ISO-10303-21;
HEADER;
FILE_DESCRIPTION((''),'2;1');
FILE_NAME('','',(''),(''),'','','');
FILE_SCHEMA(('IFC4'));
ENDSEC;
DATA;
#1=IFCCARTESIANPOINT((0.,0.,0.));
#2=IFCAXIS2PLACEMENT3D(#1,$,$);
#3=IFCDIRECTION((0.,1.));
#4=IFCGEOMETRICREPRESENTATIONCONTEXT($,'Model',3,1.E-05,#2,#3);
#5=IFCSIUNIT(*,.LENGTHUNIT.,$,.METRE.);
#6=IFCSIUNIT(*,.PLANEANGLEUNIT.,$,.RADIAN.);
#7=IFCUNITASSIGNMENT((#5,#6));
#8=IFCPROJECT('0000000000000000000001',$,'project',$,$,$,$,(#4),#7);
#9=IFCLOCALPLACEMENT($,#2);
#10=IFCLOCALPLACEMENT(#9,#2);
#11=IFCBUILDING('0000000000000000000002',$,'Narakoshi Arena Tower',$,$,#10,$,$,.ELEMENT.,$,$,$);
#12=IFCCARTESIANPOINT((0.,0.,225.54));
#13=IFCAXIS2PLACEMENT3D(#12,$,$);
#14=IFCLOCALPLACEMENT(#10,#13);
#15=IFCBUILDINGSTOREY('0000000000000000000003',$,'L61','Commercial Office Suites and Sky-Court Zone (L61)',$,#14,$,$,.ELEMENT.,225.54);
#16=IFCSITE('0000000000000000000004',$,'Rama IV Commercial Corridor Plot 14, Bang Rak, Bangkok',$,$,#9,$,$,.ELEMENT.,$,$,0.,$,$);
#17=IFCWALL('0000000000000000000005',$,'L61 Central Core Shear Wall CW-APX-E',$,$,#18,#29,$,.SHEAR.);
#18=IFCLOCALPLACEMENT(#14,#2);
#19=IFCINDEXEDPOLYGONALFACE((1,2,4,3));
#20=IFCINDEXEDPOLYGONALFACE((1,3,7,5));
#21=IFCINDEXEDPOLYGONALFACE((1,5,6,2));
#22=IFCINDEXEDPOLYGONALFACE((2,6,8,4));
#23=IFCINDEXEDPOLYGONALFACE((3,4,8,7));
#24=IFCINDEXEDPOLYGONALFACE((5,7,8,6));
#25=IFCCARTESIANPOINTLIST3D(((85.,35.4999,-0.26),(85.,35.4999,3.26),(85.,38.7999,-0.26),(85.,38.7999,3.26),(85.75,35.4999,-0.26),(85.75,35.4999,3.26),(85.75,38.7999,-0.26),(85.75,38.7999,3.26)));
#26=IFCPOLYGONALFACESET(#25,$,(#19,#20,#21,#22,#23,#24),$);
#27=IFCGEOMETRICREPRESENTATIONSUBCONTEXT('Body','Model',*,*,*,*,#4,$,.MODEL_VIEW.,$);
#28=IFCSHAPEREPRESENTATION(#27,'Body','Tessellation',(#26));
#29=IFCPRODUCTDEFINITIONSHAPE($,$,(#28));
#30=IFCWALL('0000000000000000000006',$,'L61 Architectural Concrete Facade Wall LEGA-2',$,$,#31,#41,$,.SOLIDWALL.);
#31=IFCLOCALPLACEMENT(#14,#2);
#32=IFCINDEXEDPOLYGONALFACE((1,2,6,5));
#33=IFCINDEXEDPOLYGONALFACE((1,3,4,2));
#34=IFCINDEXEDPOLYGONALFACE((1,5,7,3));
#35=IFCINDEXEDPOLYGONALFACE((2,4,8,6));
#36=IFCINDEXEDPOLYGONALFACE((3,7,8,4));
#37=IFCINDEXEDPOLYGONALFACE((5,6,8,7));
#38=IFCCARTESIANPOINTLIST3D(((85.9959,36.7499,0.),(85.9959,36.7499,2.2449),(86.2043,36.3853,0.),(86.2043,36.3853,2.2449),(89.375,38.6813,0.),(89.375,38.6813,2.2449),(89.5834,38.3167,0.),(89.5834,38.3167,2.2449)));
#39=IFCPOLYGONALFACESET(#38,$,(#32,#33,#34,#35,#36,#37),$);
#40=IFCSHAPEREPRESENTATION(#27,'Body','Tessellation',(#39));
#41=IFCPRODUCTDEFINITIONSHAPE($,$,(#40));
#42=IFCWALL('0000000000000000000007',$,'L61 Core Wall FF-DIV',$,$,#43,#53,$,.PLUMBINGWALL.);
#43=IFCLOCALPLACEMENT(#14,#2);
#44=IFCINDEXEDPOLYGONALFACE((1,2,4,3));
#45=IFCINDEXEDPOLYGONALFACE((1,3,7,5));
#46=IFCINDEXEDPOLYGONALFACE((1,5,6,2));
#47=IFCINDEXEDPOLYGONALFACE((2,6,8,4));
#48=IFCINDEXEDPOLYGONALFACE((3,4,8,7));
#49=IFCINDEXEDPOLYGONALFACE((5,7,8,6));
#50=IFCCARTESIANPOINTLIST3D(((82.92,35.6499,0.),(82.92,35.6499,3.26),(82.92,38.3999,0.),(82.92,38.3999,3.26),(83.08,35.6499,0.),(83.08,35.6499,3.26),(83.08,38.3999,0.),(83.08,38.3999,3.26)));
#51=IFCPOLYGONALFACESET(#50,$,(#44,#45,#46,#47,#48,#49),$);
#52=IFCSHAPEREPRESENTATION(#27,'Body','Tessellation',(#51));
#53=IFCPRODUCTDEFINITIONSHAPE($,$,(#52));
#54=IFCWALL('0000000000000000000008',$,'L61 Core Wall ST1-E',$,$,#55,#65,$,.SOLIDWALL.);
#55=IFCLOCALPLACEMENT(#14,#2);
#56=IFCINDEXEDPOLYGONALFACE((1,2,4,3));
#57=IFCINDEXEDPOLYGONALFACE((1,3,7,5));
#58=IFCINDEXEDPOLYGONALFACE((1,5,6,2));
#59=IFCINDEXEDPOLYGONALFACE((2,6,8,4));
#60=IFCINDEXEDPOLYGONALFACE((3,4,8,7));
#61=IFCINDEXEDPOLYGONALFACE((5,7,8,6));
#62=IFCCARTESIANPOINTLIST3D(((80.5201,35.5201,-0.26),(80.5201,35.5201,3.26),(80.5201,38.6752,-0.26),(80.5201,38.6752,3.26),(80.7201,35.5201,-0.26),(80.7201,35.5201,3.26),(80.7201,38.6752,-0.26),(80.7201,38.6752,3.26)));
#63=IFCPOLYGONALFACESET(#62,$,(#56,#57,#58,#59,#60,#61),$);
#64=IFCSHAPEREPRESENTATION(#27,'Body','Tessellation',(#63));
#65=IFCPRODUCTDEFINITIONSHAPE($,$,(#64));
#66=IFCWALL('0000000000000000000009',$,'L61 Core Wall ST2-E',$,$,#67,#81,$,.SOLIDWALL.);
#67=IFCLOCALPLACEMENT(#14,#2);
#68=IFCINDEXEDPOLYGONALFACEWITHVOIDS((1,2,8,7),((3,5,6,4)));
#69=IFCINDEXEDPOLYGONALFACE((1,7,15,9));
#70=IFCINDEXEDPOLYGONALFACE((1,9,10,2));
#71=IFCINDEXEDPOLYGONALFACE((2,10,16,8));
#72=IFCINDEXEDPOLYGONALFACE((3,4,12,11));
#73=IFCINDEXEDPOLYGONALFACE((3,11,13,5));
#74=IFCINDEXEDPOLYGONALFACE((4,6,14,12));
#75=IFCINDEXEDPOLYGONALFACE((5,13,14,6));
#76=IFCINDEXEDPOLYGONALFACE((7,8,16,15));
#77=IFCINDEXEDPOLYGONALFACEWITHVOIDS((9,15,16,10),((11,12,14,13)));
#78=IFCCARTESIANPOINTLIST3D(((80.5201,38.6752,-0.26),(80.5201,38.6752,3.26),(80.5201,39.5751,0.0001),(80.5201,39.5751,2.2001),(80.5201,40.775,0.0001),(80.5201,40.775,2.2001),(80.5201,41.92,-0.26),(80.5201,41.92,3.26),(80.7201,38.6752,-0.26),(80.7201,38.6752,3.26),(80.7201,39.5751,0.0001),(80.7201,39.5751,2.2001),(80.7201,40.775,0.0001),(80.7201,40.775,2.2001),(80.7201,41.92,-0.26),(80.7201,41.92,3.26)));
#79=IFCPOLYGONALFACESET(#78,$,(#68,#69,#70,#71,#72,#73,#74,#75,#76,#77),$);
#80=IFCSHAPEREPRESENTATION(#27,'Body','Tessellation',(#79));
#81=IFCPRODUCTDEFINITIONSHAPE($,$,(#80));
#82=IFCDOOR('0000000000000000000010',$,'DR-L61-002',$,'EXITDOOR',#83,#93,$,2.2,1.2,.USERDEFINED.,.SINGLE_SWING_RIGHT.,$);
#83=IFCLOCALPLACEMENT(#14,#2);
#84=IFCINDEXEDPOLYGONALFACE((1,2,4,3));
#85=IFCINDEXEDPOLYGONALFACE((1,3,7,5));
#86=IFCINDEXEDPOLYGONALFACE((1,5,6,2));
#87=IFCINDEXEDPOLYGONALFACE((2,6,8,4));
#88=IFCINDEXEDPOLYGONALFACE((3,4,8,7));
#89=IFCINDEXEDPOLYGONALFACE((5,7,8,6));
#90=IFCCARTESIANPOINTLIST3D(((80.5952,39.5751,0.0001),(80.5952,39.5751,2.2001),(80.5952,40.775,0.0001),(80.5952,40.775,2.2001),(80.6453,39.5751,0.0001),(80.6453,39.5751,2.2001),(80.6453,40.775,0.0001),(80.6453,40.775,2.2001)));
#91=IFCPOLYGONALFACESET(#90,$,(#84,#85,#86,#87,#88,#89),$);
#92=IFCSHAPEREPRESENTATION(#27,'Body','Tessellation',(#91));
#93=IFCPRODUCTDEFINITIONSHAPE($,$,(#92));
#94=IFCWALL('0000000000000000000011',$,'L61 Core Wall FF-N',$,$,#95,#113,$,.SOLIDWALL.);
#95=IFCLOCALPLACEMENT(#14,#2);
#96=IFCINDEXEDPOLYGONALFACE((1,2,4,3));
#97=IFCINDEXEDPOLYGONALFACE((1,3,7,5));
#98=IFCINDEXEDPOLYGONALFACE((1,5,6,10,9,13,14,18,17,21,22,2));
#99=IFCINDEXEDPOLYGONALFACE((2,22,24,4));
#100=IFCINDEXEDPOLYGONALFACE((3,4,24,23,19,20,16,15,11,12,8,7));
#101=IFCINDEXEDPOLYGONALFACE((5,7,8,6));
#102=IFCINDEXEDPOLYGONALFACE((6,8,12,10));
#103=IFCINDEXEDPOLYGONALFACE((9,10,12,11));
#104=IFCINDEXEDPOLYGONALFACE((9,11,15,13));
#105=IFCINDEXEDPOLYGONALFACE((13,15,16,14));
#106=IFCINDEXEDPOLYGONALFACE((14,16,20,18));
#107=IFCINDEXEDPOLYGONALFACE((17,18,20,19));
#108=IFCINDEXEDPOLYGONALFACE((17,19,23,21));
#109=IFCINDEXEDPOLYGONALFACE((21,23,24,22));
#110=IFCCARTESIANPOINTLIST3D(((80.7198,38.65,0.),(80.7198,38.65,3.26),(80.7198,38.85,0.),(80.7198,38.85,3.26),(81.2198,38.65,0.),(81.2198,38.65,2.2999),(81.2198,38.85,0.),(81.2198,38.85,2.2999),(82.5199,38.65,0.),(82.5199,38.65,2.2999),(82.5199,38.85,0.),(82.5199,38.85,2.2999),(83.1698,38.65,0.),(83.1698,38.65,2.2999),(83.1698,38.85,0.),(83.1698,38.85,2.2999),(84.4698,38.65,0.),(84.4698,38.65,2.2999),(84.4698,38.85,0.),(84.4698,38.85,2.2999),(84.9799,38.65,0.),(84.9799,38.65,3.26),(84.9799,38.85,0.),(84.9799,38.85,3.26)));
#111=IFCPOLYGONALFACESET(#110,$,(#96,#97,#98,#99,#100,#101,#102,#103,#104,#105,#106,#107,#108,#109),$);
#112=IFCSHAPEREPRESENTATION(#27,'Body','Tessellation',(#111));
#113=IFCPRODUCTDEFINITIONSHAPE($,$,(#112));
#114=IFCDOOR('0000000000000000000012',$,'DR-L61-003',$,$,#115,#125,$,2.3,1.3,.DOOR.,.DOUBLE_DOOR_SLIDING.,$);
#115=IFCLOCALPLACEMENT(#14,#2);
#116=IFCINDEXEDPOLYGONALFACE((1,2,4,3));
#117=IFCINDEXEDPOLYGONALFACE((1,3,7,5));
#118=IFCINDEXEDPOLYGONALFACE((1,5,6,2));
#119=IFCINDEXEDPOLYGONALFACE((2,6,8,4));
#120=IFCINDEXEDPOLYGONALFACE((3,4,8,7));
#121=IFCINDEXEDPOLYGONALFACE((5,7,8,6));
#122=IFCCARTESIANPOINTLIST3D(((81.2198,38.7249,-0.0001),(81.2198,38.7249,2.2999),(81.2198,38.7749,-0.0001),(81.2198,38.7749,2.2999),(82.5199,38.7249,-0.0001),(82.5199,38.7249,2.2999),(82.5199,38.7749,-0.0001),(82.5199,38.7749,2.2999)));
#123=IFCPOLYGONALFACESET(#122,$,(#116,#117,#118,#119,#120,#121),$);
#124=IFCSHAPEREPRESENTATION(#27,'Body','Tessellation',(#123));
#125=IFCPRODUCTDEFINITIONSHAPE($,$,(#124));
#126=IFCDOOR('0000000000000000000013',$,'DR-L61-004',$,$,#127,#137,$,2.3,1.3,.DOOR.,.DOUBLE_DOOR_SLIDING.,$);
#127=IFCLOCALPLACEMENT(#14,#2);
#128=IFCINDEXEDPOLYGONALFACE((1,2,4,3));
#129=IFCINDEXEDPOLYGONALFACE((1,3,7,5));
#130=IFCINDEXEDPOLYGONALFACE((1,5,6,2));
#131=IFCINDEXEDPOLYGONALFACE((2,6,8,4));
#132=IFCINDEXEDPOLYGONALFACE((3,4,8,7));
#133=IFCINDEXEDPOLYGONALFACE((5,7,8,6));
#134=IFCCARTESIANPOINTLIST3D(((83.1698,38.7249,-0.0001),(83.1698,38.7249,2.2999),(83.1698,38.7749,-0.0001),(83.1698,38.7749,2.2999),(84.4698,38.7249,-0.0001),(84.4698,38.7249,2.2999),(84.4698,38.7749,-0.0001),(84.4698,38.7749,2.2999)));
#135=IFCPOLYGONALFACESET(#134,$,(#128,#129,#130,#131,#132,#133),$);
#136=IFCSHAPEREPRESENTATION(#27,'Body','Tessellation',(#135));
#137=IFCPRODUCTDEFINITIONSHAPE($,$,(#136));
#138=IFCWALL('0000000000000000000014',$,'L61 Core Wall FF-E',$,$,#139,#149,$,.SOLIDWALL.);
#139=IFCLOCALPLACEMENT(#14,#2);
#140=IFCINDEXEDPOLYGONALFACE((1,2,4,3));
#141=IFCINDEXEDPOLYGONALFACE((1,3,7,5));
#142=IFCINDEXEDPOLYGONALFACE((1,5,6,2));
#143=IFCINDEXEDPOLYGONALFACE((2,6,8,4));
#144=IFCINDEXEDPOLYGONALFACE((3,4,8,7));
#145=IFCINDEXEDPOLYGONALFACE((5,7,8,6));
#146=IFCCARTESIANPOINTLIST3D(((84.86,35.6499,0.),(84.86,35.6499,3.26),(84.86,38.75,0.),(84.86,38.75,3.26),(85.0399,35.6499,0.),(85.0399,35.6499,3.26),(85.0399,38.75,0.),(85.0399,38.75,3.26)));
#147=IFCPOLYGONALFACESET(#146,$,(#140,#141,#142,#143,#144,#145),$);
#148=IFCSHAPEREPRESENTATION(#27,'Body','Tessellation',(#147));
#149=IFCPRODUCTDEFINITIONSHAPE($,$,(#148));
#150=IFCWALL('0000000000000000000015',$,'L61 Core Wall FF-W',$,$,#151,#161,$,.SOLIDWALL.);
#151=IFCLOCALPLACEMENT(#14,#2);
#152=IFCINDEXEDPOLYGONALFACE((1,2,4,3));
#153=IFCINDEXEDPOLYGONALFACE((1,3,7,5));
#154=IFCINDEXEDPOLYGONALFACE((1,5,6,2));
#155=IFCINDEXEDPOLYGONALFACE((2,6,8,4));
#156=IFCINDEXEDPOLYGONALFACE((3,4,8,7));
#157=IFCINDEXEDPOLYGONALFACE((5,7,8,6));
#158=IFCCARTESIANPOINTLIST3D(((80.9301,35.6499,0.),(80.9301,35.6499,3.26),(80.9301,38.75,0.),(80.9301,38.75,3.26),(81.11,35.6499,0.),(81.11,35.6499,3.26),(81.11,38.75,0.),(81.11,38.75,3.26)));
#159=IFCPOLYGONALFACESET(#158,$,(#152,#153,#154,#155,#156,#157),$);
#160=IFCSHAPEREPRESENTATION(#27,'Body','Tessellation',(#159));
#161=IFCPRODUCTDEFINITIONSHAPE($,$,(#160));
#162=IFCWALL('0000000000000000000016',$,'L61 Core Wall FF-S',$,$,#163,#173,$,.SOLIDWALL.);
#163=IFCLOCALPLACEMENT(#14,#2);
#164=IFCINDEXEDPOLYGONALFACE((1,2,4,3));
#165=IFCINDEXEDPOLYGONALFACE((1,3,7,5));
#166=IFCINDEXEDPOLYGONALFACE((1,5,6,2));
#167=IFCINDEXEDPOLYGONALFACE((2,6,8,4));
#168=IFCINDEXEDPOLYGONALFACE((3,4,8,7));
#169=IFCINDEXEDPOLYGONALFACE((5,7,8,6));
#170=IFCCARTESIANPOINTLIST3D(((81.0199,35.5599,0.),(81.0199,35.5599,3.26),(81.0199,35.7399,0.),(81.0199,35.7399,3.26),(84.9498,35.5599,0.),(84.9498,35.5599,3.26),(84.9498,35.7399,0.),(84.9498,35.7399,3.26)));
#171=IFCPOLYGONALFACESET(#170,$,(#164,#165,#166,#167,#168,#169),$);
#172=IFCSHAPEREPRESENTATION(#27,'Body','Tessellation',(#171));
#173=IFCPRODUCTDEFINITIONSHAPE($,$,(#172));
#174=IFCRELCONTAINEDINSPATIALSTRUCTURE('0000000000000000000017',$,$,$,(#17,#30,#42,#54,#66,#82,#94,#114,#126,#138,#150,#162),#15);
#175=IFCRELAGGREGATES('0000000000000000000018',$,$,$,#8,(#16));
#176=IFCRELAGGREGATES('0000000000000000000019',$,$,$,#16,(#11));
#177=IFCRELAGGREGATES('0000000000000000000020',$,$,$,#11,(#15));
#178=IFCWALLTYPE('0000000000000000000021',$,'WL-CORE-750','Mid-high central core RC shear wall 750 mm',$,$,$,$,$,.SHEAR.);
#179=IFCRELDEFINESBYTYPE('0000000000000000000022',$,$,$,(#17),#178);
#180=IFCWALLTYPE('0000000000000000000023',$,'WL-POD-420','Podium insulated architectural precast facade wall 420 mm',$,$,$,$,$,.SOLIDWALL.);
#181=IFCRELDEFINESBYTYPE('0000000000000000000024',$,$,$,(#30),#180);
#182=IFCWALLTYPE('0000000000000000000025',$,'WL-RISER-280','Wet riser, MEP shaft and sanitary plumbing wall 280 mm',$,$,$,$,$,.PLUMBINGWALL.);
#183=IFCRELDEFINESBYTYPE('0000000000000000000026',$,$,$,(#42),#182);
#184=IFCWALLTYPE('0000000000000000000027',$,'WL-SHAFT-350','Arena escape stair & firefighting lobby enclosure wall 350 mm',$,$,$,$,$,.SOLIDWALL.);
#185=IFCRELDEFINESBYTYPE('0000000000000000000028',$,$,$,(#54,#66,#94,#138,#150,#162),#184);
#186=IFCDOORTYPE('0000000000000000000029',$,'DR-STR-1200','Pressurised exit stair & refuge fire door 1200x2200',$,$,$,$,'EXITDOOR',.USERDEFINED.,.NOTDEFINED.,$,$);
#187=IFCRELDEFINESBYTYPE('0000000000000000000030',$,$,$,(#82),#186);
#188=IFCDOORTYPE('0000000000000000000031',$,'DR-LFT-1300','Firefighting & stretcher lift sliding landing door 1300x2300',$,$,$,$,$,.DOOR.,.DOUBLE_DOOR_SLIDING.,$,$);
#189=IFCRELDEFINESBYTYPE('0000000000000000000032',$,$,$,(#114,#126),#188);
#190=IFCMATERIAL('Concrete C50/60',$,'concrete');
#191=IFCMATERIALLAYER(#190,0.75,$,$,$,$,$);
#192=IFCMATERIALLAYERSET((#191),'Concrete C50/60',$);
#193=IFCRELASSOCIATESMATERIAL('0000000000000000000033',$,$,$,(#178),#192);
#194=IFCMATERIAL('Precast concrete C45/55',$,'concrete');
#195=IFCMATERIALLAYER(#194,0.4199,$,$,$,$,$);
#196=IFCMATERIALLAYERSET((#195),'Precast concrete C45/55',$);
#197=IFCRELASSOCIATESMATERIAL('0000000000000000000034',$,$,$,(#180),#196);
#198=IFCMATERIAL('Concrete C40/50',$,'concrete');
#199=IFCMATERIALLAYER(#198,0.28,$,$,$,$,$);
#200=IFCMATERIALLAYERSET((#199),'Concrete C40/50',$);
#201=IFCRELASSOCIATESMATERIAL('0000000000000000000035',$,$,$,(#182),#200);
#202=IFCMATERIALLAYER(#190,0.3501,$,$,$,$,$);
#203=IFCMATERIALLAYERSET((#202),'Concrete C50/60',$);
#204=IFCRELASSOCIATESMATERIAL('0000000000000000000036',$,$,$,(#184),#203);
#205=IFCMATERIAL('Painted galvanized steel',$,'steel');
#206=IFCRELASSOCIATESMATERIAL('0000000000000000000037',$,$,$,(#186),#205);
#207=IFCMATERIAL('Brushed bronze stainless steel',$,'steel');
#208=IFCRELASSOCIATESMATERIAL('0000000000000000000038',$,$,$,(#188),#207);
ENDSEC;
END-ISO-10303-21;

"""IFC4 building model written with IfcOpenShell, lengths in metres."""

from ifc_helpers import new_model, si_unit, direction, frame, frame_2d, origin, place, context, subcontext, project, spatial, rectangle, extrude, material, layer, layer_set, type_object, element, fill, save


model = new_model("IFC4")

# Units and contexts
model_context = context("Model", 3, precision=1e-05, world=origin(), true_north=direction((0.0, 1.0)))
body_context = subcontext(model_context, "Body", "Model", "MODEL_VIEW")
ifc_project = project(units=[si_unit("LENGTHUNIT", "METRE"), si_unit("PLANEANGLEUNIT", "RADIAN")], contexts=[model_context])

# Site, building, storey
site_placement = place(None, origin())
site = spatial("IfcSite", under=ifc_project, at=site_placement, Name="Rama IV Commercial Corridor Plot 14, Bang Rak, Bangkok", CompositionType="ELEMENT", RefElevation=0.0)
building_placement = place(site_placement, origin())
building = spatial("IfcBuilding", under=site, at=building_placement, Name="Narakoshi Arena Tower", CompositionType="ELEMENT")
storey_placement = place(building_placement, frame((0.0, 0.0, 225.54)))
storey = spatial("IfcBuildingStorey", under=building, at=storey_placement, Name="L61", Description="Commercial Office Suites and Sky-Court Zone (L61)", CompositionType="ELEMENT", Elevation=225.54)

# Walls
ifc_material_1 = material(Name="Concrete C50/60", Category="concrete")
ifc_layer_1 = layer(ifc_material_1, 0.75)
ifc_layer_set_1 = layer_set([ifc_layer_1], Name="Concrete C50/60")
wall_type_1 = type_object("IfcWallType", Name="WL-CORE-750", Description="Mid-high central core RC shear wall 750 mm", PredefinedType="SHEAR", material=ifc_layer_set_1)
wall_1_placement = place(storey_placement, frame((85.375, 35.5, -0.26), z_axis=(0.0, 0.0, 1.0), x_axis=(0.0, 1.0, 0.0)))
element("IfcWall", 1, at=wall_1_placement, inside=storey, type_object=wall_type_1, Name="L61 Central Core Shear Wall CW-APX-E", PredefinedType="SHEAR", context=body_context, shape_type="SweptSolid", body=[
    extrude(rectangle(XDim=3.3, YDim=0.75, at=frame_2d((1.6499, 0.0))), origin(), (0.0, 0.0, 1.0), 3.52),
])
ifc_material_2 = material(Name="Precast concrete C45/55", Category="concrete")
ifc_layer_2 = layer(ifc_material_2, 0.4199)
ifc_layer_set_2 = layer_set([ifc_layer_2], Name="Precast concrete C45/55")
wall_type_2 = type_object("IfcWallType", Name="WL-POD-420", Description="Podium insulated architectural precast facade wall 420 mm", PredefinedType="SOLIDWALL", material=ifc_layer_set_2)
wall_2_placement = place(storey_placement, frame((86.1001, 36.5676, 0.0), z_axis=(0.0, 0.0, 1.0), x_axis=(0.868193, 0.496227, 0.0)))
element("IfcWall", 2, at=wall_2_placement, inside=storey, type_object=wall_type_2, Name="L61 Architectural Concrete Facade Wall LEGA-2", PredefinedType="SOLIDWALL", context=body_context, shape_type="SweptSolid", body=[
    extrude(rectangle(XDim=3.8921, YDim=0.4199, at=frame_2d((1.946, 0.0))), origin(), (0.0, 0.0, 1.0), 2.2449),
])
ifc_material_3 = material(Name="Concrete C40/50", Category="concrete")
ifc_layer_3 = layer(ifc_material_3, 0.28)
ifc_layer_set_3 = layer_set([ifc_layer_3], Name="Concrete C40/50")
wall_type_3 = type_object("IfcWallType", Name="WL-RISER-280", Description="Wet riser, MEP shaft and sanitary plumbing wall 280 mm", PredefinedType="PLUMBINGWALL", material=ifc_layer_set_3)
wall_3_placement = place(storey_placement, frame((83.0, 35.6499, 0.0), z_axis=(0.0, 0.0, 1.0), x_axis=(0.0, 1.0, 0.0)))
element("IfcWall", 3, at=wall_3_placement, inside=storey, type_object=wall_type_3, Name="L61 Core Wall FF-DIV", PredefinedType="PLUMBINGWALL", context=body_context, shape_type="SweptSolid", body=[
    extrude(rectangle(XDim=2.75, YDim=0.1599, at=frame_2d((1.375, 0.0))), origin(), (0.0, 0.0, 1.0), 3.26),
])
ifc_layer_4 = layer(ifc_material_1, 0.3501)
ifc_layer_set_4 = layer_set([ifc_layer_4], Name="Concrete C50/60")
wall_type_4 = type_object("IfcWallType", Name="WL-SHAFT-350", Description="Arena escape stair & firefighting lobby enclosure wall 350 mm", PredefinedType="SOLIDWALL", material=ifc_layer_set_4)
wall_4_placement = place(storey_placement, frame((80.6201, 35.52, -0.26), z_axis=(0.0, 0.0, 1.0), x_axis=(0.0, 1.0, 0.0)))
element("IfcWall", 4, at=wall_4_placement, inside=storey, type_object=wall_type_4, Name="L61 Core Wall ST1-E", PredefinedType="SOLIDWALL", context=body_context, shape_type="SweptSolid", body=[
    extrude(rectangle(XDim=3.155, YDim=0.2, at=frame_2d((1.5776, 0.0))), origin(), (0.0, 0.0, 1.0), 3.52),
])

# Wall, opening, door
wall_5_placement = place(storey_placement, frame((80.6201, 38.675, -0.26), z_axis=(0.0, 0.0, 1.0), x_axis=(0.0, 1.0, 0.0)))
wall_5 = element("IfcWall", 5, at=wall_5_placement, inside=storey, type_object=wall_type_4, Name="L61 Core Wall ST2-E", PredefinedType="SOLIDWALL", context=body_context, shape_type="SweptSolid", body=[
    extrude(rectangle(XDim=3.2449, YDim=0.2, at=frame_2d((1.6226, 0.0))), origin(), (0.0, 0.0, 1.0), 3.52),
])
opening_1_placement = place(wall_5_placement, frame((0.8999, 0.0, 0.26)))
opening_1 = element("IfcOpeningElement", 6, at=opening_1_placement, cuts=wall_5, PredefinedType="OPENING", context=body_context, shape_type="SweptSolid", body=[
    extrude(rectangle(XDim=1.2, YDim=2.2, at=frame_2d((0.6001, 1.1001))), frame((0.0, 0.1099, 0.0), z_axis=(0.0, -1.0, 0.0), x_axis=(1.0, 0.0, 0.0)), (0.0, 0.0, 1.0), 0.22),
])
ifc_material_4 = material(Name="Painted galvanized steel", Category="steel")
door_type_1 = type_object("IfcDoorType", Name="DR-STR-1200", Description="Pressurised exit stair & refuge fire door 1200x2200", ElementType="EXITDOOR", OperationType="NOTDEFINED", PredefinedType="USERDEFINED", material=ifc_material_4)
door_1_placement = place(opening_1_placement, origin())
door_1 = element("IfcDoor", 7, at=door_1_placement, inside=storey, type_object=door_type_1, Name="DR-L61-002", ObjectType="EXITDOOR", OperationType="SINGLE_SWING_RIGHT", OverallHeight=2.2, OverallWidth=1.2, PredefinedType="USERDEFINED", context=body_context, shape_type="SweptSolid", body=[
    extrude(rectangle(XDim=1.2, YDim=2.2, at=frame_2d((0.6001, 1.1001))), frame((0.0, 0.0249, 0.0), z_axis=(0.0, -1.0, 0.0), x_axis=(1.0, 0.0, 0.0)), (0.0, 0.0, 1.0), 0.05),
])
fill(opening_1, door_1)

# Wall, openings, doors
wall_6_placement = place(storey_placement, frame((80.72, 38.75, 0.0), z_axis=(0.0, 0.0, 1.0), x_axis=(1.0, 0.0, 0.0)))
wall_6 = element("IfcWall", 8, at=wall_6_placement, inside=storey, type_object=wall_type_4, Name="L61 Core Wall FF-N", PredefinedType="SOLIDWALL", context=body_context, shape_type="SweptSolid", body=[
    extrude(rectangle(XDim=4.26, YDim=0.2, at=frame_2d((2.1299, 0.0))), origin(), (0.0, 0.0, 1.0), 3.26),
])
opening_2_placement = place(wall_6_placement, frame((0.5, 0.0, 0.0)))
opening_2 = element("IfcOpeningElement", 9, at=opening_2_placement, cuts=wall_6, PredefinedType="OPENING", context=body_context, shape_type="SweptSolid", body=[
    extrude(rectangle(XDim=1.3, YDim=2.3, at=frame_2d((0.6499, 1.1499))), frame((0.0, 0.1099, 0.0), z_axis=(0.0, -1.0, 0.0), x_axis=(1.0, 0.0, 0.0)), (0.0, 0.0, 1.0), 0.22),
])
opening_3_placement = place(wall_6_placement, frame((2.45, 0.0, 0.0)))
opening_3 = element("IfcOpeningElement", 10, at=opening_3_placement, cuts=wall_6, PredefinedType="OPENING", context=body_context, shape_type="SweptSolid", body=[
    extrude(rectangle(XDim=1.3, YDim=2.3, at=frame_2d((0.6499, 1.1499))), frame((0.0, 0.1099, 0.0), z_axis=(0.0, -1.0, 0.0), x_axis=(1.0, 0.0, 0.0)), (0.0, 0.0, 1.0), 0.22),
])
ifc_material_5 = material(Name="Brushed bronze stainless steel", Category="steel")
door_type_2 = type_object("IfcDoorType", Name="DR-LFT-1300", Description="Firefighting & stretcher lift sliding landing door 1300x2300", OperationType="DOUBLE_DOOR_SLIDING", PredefinedType="DOOR", material=ifc_material_5)
door_2_placement = place(opening_2_placement, origin())
door_2 = element("IfcDoor", 11, at=door_2_placement, inside=storey, type_object=door_type_2, Name="DR-L61-003", OperationType="DOUBLE_DOOR_SLIDING", OverallHeight=2.3, OverallWidth=1.3, PredefinedType="DOOR", context=body_context, shape_type="SweptSolid", body=[
    extrude(rectangle(XDim=1.3, YDim=2.3, at=frame_2d((0.6499, 1.1499))), frame((0.0, 0.0249, 0.0), z_axis=(0.0, -1.0, 0.0), x_axis=(1.0, 0.0, 0.0)), (0.0, 0.0, 1.0), 0.05),
])
fill(opening_2, door_2)
door_3_placement = place(opening_3_placement, origin())
door_3 = element("IfcDoor", 12, at=door_3_placement, inside=storey, type_object=door_type_2, Name="DR-L61-004", OperationType="DOUBLE_DOOR_SLIDING", OverallHeight=2.3, OverallWidth=1.3, PredefinedType="DOOR", context=body_context, shape_type="SweptSolid", body=[
    extrude(rectangle(XDim=1.3, YDim=2.3, at=frame_2d((0.6499, 1.1499))), frame((0.0, 0.0249, 0.0), z_axis=(0.0, -1.0, 0.0), x_axis=(1.0, 0.0, 0.0)), (0.0, 0.0, 1.0), 0.05),
])
fill(opening_3, door_3)

# Walls
for number, where, z_axis, x_axis, name in (
    (13, (84.95, 35.6499, 0.0), (0.0, 0.0, 1.0), (0.0, 1.0, 0.0), "L61 Core Wall FF-E"),
    (14, (81.02, 35.6499, 0.0), (0.0, 0.0, 1.0), (0.0, 1.0, 0.0), "L61 Core Wall FF-W"),
):
    element("IfcWall", number, at=place(storey_placement, frame(where, z_axis=z_axis, x_axis=x_axis)), inside=storey, type_object=wall_type_4, Name=name, PredefinedType="SOLIDWALL", context=body_context, shape_type="SweptSolid", body=[
        extrude(rectangle(XDim=3.1001, YDim=0.1799, at=frame_2d((1.55, 0.0))), origin(), (0.0, 0.0, 1.0), 3.26),
    ])
wall_7_placement = place(storey_placement, frame((81.02, 35.6499, 0.0), z_axis=(0.0, 0.0, 1.0), x_axis=(1.0, 0.0, 0.0)))
element("IfcWall", 15, at=wall_7_placement, inside=storey, type_object=wall_type_4, Name="L61 Core Wall FF-S", PredefinedType="SOLIDWALL", context=body_context, shape_type="SweptSolid", body=[
    extrude(rectangle(XDim=3.9299, YDim=0.1799, at=frame_2d((1.9648, 0.0))), origin(), (0.0, 0.0, 1.0), 3.26),
])

save(model, "model.ifc")
